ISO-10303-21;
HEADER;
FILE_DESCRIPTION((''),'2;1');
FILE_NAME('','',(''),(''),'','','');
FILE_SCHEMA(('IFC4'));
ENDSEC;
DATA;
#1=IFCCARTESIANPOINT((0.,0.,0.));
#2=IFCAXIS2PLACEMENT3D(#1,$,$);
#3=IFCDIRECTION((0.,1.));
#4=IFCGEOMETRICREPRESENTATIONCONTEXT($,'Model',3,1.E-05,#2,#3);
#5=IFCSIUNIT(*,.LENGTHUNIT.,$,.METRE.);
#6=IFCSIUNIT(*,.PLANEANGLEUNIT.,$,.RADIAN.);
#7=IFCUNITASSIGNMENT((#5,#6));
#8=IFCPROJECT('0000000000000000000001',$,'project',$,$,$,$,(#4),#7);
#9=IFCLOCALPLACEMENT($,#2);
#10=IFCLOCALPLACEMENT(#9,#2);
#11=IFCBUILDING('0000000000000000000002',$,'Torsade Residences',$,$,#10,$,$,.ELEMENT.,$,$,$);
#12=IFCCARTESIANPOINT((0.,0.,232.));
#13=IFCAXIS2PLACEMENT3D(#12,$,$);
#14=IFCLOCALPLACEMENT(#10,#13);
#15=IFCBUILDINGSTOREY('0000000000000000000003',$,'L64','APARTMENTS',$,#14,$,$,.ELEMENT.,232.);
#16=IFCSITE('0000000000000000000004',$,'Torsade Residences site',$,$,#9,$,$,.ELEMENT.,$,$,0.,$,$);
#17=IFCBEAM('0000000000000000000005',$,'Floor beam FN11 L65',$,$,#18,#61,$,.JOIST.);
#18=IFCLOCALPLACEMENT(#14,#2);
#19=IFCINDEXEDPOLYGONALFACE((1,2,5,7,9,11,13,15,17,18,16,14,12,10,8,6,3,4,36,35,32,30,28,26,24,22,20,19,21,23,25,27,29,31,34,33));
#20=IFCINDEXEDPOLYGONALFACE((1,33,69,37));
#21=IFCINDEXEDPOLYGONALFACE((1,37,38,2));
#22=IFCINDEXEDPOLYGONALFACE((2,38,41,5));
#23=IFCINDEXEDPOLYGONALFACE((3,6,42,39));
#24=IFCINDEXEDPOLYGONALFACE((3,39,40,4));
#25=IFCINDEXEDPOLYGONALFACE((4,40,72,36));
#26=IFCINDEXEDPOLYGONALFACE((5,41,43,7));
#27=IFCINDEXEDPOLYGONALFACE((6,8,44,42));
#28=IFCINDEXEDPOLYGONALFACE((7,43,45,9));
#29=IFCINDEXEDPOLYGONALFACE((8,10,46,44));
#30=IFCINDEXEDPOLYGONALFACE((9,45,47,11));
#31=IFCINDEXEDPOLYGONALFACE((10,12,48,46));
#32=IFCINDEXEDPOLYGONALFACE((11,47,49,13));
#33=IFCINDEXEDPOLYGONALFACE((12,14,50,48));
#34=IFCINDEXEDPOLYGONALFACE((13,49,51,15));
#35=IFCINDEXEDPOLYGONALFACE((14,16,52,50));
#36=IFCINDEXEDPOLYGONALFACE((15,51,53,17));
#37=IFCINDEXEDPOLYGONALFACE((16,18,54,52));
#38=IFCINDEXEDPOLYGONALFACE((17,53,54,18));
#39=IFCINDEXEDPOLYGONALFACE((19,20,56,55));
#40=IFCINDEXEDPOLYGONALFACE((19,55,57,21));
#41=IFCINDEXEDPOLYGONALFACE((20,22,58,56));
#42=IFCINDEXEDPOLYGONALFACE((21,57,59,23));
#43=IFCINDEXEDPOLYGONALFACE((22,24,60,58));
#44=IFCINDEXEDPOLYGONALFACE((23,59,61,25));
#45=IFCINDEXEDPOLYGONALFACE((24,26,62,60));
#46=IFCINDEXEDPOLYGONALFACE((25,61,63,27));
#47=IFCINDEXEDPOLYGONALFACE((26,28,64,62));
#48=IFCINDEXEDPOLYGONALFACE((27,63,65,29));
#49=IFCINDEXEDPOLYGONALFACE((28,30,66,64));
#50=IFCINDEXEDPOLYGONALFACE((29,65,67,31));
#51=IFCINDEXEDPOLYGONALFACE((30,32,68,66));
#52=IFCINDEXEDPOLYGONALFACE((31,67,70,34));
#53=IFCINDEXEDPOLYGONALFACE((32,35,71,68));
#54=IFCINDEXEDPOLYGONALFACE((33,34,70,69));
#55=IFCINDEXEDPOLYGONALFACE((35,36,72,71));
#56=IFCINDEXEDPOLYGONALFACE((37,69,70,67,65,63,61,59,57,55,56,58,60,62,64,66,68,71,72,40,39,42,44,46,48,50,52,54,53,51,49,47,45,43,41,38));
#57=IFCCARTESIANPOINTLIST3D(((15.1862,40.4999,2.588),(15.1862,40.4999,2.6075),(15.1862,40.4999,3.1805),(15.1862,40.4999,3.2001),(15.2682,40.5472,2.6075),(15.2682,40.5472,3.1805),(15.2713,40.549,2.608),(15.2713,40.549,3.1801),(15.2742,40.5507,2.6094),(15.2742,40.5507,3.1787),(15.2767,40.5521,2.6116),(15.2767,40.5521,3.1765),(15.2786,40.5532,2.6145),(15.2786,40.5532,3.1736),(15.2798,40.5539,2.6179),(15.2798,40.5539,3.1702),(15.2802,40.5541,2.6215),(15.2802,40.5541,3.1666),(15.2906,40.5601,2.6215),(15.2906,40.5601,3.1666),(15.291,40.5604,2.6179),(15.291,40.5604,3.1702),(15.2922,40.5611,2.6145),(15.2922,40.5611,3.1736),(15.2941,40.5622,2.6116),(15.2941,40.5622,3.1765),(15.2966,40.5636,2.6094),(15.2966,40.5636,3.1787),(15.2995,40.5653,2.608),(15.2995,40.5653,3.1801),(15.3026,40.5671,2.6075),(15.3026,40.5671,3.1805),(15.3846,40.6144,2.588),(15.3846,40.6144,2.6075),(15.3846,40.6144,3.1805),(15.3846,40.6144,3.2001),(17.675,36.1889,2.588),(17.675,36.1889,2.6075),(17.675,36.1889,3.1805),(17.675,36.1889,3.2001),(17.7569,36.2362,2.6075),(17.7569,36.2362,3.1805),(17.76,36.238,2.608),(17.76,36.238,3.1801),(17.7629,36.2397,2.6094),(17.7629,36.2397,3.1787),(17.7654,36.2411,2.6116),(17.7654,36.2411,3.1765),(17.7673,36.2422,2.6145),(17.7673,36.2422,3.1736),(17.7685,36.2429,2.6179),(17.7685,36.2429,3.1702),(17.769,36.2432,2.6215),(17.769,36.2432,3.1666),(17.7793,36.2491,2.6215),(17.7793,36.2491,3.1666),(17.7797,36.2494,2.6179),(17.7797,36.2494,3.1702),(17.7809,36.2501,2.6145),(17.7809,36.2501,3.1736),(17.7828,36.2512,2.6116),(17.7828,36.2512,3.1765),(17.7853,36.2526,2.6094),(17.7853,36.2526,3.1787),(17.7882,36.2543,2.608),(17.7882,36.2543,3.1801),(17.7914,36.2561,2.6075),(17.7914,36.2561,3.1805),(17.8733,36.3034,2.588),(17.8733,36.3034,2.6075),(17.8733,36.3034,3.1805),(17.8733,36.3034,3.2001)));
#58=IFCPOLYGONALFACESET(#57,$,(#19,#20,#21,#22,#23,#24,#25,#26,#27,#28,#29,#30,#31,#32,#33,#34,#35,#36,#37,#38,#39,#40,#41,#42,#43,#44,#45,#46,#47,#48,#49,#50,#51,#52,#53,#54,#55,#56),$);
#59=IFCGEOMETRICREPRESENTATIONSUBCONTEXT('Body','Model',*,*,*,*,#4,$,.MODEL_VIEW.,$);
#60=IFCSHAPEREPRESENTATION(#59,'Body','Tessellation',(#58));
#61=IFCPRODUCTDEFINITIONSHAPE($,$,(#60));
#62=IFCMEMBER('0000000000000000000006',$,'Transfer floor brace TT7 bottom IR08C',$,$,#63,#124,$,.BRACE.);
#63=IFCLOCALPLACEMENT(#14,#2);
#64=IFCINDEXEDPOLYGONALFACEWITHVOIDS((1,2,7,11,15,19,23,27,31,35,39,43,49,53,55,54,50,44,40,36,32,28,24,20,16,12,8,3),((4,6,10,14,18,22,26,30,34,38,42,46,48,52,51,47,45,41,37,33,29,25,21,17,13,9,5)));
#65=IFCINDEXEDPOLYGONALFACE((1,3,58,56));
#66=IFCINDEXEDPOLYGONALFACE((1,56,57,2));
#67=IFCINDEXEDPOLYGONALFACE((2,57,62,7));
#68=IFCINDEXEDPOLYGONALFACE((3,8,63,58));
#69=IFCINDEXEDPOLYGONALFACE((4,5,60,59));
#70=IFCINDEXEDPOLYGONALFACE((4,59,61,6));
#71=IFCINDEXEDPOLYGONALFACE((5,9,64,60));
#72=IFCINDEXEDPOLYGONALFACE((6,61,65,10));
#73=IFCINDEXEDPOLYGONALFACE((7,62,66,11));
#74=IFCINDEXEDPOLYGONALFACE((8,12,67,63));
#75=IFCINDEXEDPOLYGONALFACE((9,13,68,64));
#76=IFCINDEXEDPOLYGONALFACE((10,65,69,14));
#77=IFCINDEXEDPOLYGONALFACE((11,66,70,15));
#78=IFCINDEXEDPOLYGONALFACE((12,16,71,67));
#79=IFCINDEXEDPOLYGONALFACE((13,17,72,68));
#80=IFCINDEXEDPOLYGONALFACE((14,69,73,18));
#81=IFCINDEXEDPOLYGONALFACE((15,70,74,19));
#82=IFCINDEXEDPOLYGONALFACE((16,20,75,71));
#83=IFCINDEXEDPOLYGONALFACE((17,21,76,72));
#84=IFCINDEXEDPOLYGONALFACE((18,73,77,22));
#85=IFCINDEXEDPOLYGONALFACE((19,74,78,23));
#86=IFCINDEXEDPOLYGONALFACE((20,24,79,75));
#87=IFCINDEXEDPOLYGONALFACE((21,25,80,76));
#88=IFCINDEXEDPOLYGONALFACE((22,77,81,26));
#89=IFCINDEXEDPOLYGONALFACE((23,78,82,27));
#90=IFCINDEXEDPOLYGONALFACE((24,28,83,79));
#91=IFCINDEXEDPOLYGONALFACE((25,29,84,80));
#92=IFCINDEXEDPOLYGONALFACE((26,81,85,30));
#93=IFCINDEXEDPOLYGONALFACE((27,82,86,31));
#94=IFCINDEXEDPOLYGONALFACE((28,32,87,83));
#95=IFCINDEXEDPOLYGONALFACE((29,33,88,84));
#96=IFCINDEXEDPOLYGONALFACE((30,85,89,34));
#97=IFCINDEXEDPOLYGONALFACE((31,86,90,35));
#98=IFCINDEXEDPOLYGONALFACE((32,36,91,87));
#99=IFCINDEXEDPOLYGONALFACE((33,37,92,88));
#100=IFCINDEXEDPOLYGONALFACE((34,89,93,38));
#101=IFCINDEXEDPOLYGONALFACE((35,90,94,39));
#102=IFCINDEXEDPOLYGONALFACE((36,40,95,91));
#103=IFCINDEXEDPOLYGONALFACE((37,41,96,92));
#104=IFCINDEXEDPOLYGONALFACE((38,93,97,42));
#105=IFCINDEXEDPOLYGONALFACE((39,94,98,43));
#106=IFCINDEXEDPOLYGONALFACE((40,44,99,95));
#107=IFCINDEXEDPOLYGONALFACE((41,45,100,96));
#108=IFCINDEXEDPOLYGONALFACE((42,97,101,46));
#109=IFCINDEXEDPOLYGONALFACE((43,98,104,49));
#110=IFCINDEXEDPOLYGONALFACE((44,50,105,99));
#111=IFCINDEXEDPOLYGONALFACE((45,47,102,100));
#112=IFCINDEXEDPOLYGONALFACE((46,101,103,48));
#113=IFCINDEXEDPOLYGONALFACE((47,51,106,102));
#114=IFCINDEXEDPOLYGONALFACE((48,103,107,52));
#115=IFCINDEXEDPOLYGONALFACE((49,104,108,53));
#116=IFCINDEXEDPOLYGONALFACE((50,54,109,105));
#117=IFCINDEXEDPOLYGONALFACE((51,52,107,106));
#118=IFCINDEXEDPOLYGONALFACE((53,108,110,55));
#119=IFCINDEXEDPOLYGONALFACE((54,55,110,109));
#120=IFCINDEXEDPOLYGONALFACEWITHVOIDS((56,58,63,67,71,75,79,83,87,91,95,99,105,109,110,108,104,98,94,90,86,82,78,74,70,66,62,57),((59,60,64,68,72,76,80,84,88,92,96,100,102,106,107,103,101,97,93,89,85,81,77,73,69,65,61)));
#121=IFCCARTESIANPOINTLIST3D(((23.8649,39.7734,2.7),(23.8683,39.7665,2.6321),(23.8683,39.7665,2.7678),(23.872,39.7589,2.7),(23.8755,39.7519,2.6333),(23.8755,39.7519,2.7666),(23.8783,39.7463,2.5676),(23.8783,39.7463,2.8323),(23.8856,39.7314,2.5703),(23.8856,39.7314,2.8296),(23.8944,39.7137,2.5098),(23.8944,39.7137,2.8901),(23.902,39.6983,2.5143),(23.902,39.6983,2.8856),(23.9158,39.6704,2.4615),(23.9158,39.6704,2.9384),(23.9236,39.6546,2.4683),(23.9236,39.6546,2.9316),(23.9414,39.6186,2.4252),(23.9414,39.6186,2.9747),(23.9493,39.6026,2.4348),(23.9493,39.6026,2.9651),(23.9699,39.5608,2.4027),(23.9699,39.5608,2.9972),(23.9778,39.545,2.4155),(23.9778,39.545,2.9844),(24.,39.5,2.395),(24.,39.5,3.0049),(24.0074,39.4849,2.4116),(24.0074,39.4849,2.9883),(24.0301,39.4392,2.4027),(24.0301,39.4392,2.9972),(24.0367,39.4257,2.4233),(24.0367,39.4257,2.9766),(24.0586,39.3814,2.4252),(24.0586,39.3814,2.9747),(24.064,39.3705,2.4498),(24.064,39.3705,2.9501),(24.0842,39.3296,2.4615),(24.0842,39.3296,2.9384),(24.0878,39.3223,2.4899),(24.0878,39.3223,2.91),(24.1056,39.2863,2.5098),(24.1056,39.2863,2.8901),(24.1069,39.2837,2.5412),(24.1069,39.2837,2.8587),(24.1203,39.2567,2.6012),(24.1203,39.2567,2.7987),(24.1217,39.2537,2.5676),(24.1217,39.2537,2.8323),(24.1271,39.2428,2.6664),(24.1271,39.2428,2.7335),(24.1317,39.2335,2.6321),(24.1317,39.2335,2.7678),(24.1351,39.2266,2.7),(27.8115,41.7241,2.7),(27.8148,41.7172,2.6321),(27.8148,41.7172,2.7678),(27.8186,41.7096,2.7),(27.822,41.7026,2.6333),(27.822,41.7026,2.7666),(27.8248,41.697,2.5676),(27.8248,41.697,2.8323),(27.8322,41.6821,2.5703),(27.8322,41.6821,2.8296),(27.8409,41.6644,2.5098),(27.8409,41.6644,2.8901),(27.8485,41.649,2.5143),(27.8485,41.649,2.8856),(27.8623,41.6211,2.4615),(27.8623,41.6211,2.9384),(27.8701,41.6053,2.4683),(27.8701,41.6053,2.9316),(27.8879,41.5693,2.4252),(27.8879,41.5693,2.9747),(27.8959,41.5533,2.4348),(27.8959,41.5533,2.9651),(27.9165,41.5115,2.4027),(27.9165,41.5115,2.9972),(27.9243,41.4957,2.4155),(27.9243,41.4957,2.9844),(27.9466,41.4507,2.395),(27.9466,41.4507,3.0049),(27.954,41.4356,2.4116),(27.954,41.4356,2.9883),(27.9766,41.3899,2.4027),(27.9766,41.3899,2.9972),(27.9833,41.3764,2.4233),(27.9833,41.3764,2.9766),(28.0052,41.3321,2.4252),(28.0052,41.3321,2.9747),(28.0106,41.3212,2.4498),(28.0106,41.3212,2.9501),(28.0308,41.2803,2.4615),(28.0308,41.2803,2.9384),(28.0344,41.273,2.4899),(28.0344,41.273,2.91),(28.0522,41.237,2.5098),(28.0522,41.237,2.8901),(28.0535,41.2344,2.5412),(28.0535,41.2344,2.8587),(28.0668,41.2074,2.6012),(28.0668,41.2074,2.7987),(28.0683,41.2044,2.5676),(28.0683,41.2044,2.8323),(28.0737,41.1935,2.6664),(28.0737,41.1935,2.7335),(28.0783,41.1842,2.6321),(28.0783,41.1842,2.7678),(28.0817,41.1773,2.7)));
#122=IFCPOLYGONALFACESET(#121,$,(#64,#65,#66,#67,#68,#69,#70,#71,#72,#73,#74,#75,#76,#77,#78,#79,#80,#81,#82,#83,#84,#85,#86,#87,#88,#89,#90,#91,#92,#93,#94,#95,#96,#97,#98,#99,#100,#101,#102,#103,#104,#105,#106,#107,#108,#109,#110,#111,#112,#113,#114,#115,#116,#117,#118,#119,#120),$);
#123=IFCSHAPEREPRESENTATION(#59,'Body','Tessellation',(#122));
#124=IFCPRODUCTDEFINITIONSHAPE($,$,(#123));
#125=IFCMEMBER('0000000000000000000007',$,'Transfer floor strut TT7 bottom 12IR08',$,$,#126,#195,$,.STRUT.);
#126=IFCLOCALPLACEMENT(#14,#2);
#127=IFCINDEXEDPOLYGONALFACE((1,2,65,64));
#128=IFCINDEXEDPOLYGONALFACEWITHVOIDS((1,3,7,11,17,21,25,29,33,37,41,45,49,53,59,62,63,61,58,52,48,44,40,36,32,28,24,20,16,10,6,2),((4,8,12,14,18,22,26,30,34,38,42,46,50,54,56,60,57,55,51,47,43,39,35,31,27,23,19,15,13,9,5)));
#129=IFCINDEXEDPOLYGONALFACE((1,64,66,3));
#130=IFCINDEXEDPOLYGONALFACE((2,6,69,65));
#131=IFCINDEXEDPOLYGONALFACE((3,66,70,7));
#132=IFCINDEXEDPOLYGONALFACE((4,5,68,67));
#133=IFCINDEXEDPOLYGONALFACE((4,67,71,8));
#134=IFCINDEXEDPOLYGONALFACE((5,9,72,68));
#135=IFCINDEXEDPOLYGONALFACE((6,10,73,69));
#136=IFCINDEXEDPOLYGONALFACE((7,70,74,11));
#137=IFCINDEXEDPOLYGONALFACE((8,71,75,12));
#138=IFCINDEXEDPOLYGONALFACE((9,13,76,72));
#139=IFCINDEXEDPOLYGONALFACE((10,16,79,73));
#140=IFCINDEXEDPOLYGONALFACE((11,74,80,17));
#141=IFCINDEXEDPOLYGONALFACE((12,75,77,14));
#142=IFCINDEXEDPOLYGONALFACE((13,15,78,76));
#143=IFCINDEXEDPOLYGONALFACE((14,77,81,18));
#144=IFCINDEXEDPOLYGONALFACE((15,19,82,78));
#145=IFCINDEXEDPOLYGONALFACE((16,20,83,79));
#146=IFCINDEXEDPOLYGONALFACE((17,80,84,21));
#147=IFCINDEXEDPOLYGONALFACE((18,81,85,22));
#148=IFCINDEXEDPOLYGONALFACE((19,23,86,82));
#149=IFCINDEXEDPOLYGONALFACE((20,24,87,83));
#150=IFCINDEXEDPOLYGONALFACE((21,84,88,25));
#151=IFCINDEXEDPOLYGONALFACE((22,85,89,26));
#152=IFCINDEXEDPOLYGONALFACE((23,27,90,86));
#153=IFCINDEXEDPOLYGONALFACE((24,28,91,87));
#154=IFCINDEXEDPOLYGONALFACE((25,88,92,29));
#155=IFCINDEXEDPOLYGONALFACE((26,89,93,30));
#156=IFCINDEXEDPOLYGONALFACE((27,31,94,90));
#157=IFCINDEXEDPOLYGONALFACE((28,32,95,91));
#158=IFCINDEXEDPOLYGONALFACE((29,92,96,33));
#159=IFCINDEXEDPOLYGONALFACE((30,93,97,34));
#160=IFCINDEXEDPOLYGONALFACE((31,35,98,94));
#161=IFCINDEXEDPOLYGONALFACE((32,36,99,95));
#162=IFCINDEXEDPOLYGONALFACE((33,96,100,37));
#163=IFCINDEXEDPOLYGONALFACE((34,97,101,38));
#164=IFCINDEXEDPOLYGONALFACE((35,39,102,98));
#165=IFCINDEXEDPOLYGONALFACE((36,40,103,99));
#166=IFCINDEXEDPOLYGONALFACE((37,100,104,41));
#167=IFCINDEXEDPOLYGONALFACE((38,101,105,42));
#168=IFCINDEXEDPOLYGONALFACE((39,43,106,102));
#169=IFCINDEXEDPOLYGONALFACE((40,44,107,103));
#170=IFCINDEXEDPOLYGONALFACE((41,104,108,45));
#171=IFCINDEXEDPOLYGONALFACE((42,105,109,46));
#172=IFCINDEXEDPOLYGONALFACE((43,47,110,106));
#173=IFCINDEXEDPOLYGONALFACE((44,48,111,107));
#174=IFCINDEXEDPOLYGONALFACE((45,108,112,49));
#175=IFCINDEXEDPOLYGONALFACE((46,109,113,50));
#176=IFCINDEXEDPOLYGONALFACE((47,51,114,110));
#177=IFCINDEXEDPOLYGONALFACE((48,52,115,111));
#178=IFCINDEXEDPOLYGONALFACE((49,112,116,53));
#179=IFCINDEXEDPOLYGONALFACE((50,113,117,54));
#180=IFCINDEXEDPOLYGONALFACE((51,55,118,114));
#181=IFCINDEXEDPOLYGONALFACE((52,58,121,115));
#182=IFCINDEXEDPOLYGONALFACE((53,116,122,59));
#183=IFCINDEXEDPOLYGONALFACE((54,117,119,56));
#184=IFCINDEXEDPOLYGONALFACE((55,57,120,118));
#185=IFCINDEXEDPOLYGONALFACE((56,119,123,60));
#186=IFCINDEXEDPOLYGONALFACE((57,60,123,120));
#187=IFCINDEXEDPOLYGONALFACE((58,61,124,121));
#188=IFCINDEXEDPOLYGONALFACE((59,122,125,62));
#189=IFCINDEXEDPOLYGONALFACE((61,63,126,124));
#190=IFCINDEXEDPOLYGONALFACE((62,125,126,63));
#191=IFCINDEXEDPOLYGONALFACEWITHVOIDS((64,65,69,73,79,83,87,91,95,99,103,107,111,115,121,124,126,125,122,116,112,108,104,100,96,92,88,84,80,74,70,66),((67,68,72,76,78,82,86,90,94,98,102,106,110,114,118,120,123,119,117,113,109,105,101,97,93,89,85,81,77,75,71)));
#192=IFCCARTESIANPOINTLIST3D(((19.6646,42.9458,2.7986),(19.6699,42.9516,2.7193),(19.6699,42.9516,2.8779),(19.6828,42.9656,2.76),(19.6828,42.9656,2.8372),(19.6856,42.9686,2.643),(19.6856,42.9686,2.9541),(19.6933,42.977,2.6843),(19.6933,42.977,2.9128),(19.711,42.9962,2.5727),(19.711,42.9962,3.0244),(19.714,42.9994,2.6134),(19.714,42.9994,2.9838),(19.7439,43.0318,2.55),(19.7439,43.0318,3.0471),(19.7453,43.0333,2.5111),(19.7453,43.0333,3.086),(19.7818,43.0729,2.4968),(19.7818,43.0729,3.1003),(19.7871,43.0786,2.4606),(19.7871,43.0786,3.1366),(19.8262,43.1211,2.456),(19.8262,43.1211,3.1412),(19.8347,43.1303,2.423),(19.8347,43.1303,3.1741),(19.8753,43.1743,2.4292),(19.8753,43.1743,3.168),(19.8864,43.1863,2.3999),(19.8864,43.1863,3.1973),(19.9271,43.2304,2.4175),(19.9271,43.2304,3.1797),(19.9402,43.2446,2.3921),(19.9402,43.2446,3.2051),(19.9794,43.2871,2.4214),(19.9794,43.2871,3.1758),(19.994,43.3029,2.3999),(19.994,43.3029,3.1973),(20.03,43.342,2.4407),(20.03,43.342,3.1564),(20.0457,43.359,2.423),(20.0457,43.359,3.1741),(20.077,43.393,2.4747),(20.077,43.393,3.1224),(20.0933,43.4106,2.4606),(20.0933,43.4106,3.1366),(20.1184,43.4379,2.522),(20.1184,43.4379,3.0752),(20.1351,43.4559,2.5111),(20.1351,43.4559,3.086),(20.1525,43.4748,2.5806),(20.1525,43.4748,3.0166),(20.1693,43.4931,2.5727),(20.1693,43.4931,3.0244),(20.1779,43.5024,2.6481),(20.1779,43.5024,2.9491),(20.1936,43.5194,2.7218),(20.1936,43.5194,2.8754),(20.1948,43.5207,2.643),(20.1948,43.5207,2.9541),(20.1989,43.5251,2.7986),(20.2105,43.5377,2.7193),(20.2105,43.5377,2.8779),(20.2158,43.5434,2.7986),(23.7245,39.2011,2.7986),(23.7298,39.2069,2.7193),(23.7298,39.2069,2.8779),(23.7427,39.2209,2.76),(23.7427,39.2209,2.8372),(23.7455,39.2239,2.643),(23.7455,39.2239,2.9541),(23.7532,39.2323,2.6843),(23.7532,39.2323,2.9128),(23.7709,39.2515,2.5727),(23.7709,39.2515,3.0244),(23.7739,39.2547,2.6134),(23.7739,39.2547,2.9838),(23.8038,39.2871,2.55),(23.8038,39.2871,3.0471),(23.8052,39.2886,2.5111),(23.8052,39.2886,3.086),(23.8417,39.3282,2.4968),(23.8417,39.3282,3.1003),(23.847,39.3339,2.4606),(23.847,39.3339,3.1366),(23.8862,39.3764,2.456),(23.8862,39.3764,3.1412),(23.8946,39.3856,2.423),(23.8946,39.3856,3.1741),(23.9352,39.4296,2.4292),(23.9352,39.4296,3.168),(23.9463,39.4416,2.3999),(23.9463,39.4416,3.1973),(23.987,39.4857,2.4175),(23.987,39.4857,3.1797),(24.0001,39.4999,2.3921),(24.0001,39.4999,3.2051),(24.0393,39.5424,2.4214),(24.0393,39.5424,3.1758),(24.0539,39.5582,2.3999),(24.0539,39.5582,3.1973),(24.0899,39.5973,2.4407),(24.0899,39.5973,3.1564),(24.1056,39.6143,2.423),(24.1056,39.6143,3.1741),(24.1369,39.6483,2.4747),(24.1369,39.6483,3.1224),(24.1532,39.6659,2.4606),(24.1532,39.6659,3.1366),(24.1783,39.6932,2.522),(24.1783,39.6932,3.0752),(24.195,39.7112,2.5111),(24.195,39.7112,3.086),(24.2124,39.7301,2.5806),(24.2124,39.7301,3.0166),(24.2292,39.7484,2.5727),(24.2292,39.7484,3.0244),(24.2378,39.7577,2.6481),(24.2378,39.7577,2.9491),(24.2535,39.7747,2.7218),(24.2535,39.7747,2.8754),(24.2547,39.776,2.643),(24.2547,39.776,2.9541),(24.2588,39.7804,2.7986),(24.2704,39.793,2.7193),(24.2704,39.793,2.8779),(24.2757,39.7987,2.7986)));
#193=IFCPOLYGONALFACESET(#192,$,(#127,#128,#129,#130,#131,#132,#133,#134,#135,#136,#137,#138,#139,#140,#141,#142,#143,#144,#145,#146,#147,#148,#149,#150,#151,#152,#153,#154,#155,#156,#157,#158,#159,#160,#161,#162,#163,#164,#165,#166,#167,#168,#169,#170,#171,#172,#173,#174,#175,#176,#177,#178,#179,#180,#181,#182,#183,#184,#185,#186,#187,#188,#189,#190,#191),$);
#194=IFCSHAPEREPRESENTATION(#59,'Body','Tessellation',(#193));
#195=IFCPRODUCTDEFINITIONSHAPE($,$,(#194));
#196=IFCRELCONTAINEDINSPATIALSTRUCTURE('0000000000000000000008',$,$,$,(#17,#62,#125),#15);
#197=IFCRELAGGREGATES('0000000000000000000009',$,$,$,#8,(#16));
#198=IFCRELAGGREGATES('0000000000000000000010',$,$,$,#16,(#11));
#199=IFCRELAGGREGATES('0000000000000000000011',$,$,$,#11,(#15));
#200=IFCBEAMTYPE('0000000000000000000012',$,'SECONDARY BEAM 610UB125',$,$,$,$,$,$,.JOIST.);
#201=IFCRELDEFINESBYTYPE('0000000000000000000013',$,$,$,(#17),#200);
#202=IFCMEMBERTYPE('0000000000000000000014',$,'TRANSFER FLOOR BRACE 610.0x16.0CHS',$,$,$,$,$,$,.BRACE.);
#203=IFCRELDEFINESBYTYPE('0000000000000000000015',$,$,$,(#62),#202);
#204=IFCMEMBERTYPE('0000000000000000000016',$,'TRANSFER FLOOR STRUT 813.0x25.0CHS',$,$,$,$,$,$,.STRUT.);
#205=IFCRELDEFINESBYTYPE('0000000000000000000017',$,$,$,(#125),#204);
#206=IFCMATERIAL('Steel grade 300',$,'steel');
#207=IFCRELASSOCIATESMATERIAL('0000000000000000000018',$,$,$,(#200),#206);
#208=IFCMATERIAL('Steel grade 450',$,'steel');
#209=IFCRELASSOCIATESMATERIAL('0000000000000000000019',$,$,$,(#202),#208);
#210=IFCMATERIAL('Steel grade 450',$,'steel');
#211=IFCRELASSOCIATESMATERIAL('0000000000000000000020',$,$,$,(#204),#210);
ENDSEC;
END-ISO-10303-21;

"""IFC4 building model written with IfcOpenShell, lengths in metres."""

from ifc_helpers import new_model, si_unit, direction, frame, origin, origin_2d, place, context, subcontext, project, spatial, hollow_circle, i_section, extrude, material, material_profile, profile_set, type_object, element, save


model = new_model("IFC4")

# Units and contexts
model_context = context("Model", 3, precision=1e-05, world=origin(), true_north=direction((0.0, 1.0)))
body_context = subcontext(model_context, "Body", "Model", "MODEL_VIEW")
ifc_project = project(units=[si_unit("LENGTHUNIT", "METRE"), si_unit("PLANEANGLEUNIT", "RADIAN")], contexts=[model_context])

# Site, building, storey
site_placement = place(None, origin())
site = spatial("IfcSite", under=ifc_project, at=site_placement, Name="Torsade Residences site", CompositionType="ELEMENT", RefElevation=0.0)
building_placement = place(site_placement, origin())
building = spatial("IfcBuilding", under=site, at=building_placement, Name="Torsade Residences", CompositionType="ELEMENT")
storey_placement = place(building_placement, frame((0.0, 0.0, 232.0)))
storey = spatial("IfcBuildingStorey", under=building, at=storey_placement, Name="L64", Description="APARTMENTS", CompositionType="ELEMENT", Elevation=232.0)

# Beam
ifc_material_1 = material(Name="Steel grade 300", Category="steel")
ifc_material_profile_1 = material_profile(ifc_material_1, i_section(OverallWidth=0.229, OverallDepth=0.6121, WebThickness=0.012, FlangeThickness=0.0195, FilletRadius=0.0139, at=origin_2d()), Name="610UB125")
ifc_profile_set_1 = profile_set([ifc_material_profile_1], Name="Steel grade 300")
beam_type_1 = type_object("IfcBeamType", Name="SECONDARY BEAM 610UB125", PredefinedType="JOIST", material=ifc_profile_set_1)
beam_1_placement = place(storey_placement, frame((15.2854, 40.5571, 2.894), z_axis=(0.499969, -0.866043, 0.0), x_axis=(0.866043, 0.499969, 0.0)))
element("IfcBeam", 1, at=beam_1_placement, inside=storey, type_object=beam_type_1, Name="Floor beam FN11 L65", PredefinedType="JOIST", context=body_context, shape_type="SweptSolid", body=[
    extrude(i_section(OverallWidth=0.229, OverallDepth=0.6121, WebThickness=0.012, FlangeThickness=0.0195, FilletRadius=0.0139, at=origin_2d()), origin(), (0.0, 0.0, 1.0), 4.9778),
])

# Members
ifc_material_2 = material(Name="Steel grade 450", Category="steel")
ifc_material_profile_2 = material_profile(ifc_material_2, hollow_circle(Radius=0.3049, WallThickness=0.0161, at=origin_2d()), Name="610.0x16.0CHS")
ifc_profile_set_2 = profile_set([ifc_material_profile_2], Name="Steel grade 450")
member_type_1 = type_object("IfcMemberType", Name="TRANSFER FLOOR BRACE 610.0x16.0CHS", PredefinedType="BRACE", material=ifc_profile_set_2)
member_1_placement = place(storey_placement, frame((24.0, 39.5, 2.7), z_axis=(0.89647, 0.443105, 0.0), x_axis=(-0.443105, 0.89647, 0.0)))
element("IfcMember", 2, at=member_1_placement, inside=storey, type_object=member_type_1, Name="Transfer floor brace TT7 bottom IR08C", PredefinedType="BRACE", context=body_context, shape_type="SweptSolid", body=[
    extrude(hollow_circle(Radius=0.3049, WallThickness=0.0161, at=origin_2d()), origin(), (0.0, 0.0, 1.0), 4.4023),
])
ifc_material_3 = material(Name="Steel grade 450", Category="steel")
ifc_material_profile_3 = material_profile(ifc_material_3, hollow_circle(Radius=0.4065, WallThickness=0.0249, at=origin_2d()), Name="813.0x25.0CHS")
ifc_profile_set_3 = profile_set([ifc_material_profile_3], Name="Steel grade 450")
member_type_2 = type_object("IfcMemberType", Name="TRANSFER FLOOR STRUT 813.0x25.0CHS", PredefinedType="STRUT", material=ifc_profile_set_3)
member_2_placement = place(storey_placement, frame((19.9402, 43.2446, 2.7986), z_axis=(0.735064, -0.677997, 0.0), x_axis=(0.677997, 0.735064, 0.0)))
element("IfcMember", 3, at=member_2_placement, inside=storey, type_object=member_type_2, Name="Transfer floor strut TT7 bottom 12IR08", PredefinedType="STRUT", context=body_context, shape_type="SweptSolid", body=[
    extrude(hollow_circle(Radius=0.4065, WallThickness=0.0249, at=origin_2d()), origin(), (0.0, 0.0, 1.0), 5.5232),
])

save(model, "model.ifc")
